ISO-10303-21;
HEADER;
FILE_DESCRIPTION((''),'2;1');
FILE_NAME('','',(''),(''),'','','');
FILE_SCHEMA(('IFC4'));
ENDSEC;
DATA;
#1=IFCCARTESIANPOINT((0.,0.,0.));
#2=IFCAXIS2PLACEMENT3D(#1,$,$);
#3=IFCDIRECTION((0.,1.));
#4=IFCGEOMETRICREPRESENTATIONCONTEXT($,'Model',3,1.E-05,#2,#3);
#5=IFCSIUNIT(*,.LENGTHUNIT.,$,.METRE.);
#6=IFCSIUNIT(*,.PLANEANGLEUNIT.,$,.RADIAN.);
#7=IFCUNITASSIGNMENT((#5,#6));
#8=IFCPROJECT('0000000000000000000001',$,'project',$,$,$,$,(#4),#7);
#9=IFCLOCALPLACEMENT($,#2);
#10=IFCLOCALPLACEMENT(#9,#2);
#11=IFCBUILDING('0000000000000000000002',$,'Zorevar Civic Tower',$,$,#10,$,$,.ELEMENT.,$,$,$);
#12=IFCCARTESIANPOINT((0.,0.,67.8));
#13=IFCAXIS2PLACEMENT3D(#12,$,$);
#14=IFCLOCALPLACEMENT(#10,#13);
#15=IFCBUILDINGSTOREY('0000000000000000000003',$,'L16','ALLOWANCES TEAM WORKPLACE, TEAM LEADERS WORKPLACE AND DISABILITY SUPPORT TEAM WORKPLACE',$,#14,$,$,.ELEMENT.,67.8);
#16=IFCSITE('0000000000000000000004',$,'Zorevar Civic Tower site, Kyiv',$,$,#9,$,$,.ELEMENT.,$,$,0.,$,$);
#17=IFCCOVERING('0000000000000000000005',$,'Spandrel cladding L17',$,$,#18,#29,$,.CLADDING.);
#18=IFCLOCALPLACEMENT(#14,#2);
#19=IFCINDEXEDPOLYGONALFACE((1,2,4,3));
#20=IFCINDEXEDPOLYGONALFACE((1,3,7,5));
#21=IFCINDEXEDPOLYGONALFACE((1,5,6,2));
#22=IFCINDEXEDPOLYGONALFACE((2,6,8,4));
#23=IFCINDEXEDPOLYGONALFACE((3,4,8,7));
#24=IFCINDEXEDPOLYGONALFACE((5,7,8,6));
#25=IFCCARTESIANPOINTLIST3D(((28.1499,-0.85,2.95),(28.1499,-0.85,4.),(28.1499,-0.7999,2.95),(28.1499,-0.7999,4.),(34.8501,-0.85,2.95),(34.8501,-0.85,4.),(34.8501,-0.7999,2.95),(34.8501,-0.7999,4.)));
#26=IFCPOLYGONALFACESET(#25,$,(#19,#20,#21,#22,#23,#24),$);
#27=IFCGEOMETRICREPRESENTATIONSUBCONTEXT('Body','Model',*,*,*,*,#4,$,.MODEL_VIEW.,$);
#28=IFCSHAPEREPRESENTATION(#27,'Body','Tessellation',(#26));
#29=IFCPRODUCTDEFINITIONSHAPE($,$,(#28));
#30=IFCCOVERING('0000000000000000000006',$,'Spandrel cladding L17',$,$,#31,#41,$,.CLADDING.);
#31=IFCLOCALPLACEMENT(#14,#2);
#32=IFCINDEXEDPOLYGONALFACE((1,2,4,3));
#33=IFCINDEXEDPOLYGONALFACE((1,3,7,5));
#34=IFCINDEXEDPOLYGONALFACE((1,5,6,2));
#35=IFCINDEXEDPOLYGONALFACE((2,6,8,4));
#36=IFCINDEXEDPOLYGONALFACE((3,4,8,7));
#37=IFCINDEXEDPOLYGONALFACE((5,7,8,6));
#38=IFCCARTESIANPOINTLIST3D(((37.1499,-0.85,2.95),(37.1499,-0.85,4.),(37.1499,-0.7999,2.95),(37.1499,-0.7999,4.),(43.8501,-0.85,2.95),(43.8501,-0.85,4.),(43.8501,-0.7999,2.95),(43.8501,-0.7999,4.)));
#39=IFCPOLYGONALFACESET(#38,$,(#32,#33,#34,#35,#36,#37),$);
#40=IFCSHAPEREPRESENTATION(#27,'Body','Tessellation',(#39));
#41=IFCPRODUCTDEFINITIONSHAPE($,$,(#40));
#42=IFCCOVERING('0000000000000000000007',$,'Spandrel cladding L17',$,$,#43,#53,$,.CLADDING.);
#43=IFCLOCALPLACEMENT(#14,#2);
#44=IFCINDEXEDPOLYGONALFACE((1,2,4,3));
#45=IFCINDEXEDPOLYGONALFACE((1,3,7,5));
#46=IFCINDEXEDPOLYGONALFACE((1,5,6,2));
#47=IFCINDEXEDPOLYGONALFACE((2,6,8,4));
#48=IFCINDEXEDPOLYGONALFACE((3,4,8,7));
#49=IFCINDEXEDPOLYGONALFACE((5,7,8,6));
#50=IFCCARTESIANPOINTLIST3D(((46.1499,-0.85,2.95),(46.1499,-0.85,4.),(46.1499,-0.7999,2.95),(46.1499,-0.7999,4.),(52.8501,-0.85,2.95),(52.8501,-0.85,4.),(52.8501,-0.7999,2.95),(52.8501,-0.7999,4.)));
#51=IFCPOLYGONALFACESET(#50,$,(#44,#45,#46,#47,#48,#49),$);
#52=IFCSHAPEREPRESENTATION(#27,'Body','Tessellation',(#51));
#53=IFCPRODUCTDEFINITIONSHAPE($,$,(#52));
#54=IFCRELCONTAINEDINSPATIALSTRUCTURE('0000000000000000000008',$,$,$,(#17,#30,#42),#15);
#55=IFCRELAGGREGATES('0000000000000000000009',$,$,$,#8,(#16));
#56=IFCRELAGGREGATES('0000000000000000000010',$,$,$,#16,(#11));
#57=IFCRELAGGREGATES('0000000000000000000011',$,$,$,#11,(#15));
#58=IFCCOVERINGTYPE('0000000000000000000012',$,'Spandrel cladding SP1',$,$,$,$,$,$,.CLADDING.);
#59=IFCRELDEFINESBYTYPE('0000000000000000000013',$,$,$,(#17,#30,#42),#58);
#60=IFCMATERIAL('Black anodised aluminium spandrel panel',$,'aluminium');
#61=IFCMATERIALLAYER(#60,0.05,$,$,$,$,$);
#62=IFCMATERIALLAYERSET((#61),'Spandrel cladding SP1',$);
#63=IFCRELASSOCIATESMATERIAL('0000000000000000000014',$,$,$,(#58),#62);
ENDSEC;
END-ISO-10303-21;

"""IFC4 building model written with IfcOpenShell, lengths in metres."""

from ifc_helpers import new_model, si_unit, direction, frame, frame_2d, origin, place, context, subcontext, project, spatial, rectangle, extrude, material, layer, layer_set, type_object, element, save


model = new_model("IFC4")

# Units and contexts
model_context = context("Model", 3, precision=1e-05, world=origin(), true_north=direction((0.0, 1.0)))
body_context = subcontext(model_context, "Body", "Model", "MODEL_VIEW")
ifc_project = project(units=[si_unit("LENGTHUNIT", "METRE"), si_unit("PLANEANGLEUNIT", "RADIAN")], contexts=[model_context])

# Site, building, storey
site_placement = place(None, origin())
site = spatial("IfcSite", under=ifc_project, at=site_placement, Name="Zorevar Civic Tower site, Kyiv", CompositionType="ELEMENT", RefElevation=0.0)
building_placement = place(site_placement, origin())
building = spatial("IfcBuilding", under=site, at=building_placement, Name="Zorevar Civic Tower", CompositionType="ELEMENT")
storey_placement = place(building_placement, frame((0.0, 0.0, 67.8)))
storey = spatial("IfcBuildingStorey", under=building, at=storey_placement, Name="L16", Description="ALLOWANCES TEAM WORKPLACE, TEAM LEADERS WORKPLACE AND DISABILITY SUPPORT TEAM WORKPLACE", CompositionType="ELEMENT", Elevation=67.8)

# Coverings
ifc_material_1 = material(Name="Black anodised aluminium spandrel panel", Category="aluminium")
ifc_layer_1 = layer(ifc_material_1, 0.05)
ifc_layer_set_1 = layer_set([ifc_layer_1], Name="Spandrel cladding SP1")
covering_type = type_object("IfcCoveringType", Name="Spandrel cladding SP1", PredefinedType="CLADDING", material=ifc_layer_set_1)
for number, where, z_axis, x_axis, name in (
    (1, (28.1499, -0.825, 2.95), (0.0, 0.0, 1.0), (1.0, 0.0, 0.0), "Spandrel cladding L17"),
    (2, (37.1499, -0.825, 2.95), (0.0, 0.0, 1.0), (1.0, 0.0, 0.0), "Spandrel cladding L17"),
    (3, (46.1499, -0.825, 2.95), (0.0, 0.0, 1.0), (1.0, 0.0, 0.0), "Spandrel cladding L17"),
):
    element("IfcCovering", number, at=place(storey_placement, frame(where, z_axis=z_axis, x_axis=x_axis)), inside=storey, type_object=covering_type, Name=name, PredefinedType="CLADDING", context=body_context, shape_type="SweptSolid", body=[
        extrude(rectangle(XDim=6.7002, YDim=0.05, at=frame_2d((3.3501, 0.0))), origin(), (0.0, 0.0, 1.0), 1.05),
    ])

save(model, "model.ifc")
